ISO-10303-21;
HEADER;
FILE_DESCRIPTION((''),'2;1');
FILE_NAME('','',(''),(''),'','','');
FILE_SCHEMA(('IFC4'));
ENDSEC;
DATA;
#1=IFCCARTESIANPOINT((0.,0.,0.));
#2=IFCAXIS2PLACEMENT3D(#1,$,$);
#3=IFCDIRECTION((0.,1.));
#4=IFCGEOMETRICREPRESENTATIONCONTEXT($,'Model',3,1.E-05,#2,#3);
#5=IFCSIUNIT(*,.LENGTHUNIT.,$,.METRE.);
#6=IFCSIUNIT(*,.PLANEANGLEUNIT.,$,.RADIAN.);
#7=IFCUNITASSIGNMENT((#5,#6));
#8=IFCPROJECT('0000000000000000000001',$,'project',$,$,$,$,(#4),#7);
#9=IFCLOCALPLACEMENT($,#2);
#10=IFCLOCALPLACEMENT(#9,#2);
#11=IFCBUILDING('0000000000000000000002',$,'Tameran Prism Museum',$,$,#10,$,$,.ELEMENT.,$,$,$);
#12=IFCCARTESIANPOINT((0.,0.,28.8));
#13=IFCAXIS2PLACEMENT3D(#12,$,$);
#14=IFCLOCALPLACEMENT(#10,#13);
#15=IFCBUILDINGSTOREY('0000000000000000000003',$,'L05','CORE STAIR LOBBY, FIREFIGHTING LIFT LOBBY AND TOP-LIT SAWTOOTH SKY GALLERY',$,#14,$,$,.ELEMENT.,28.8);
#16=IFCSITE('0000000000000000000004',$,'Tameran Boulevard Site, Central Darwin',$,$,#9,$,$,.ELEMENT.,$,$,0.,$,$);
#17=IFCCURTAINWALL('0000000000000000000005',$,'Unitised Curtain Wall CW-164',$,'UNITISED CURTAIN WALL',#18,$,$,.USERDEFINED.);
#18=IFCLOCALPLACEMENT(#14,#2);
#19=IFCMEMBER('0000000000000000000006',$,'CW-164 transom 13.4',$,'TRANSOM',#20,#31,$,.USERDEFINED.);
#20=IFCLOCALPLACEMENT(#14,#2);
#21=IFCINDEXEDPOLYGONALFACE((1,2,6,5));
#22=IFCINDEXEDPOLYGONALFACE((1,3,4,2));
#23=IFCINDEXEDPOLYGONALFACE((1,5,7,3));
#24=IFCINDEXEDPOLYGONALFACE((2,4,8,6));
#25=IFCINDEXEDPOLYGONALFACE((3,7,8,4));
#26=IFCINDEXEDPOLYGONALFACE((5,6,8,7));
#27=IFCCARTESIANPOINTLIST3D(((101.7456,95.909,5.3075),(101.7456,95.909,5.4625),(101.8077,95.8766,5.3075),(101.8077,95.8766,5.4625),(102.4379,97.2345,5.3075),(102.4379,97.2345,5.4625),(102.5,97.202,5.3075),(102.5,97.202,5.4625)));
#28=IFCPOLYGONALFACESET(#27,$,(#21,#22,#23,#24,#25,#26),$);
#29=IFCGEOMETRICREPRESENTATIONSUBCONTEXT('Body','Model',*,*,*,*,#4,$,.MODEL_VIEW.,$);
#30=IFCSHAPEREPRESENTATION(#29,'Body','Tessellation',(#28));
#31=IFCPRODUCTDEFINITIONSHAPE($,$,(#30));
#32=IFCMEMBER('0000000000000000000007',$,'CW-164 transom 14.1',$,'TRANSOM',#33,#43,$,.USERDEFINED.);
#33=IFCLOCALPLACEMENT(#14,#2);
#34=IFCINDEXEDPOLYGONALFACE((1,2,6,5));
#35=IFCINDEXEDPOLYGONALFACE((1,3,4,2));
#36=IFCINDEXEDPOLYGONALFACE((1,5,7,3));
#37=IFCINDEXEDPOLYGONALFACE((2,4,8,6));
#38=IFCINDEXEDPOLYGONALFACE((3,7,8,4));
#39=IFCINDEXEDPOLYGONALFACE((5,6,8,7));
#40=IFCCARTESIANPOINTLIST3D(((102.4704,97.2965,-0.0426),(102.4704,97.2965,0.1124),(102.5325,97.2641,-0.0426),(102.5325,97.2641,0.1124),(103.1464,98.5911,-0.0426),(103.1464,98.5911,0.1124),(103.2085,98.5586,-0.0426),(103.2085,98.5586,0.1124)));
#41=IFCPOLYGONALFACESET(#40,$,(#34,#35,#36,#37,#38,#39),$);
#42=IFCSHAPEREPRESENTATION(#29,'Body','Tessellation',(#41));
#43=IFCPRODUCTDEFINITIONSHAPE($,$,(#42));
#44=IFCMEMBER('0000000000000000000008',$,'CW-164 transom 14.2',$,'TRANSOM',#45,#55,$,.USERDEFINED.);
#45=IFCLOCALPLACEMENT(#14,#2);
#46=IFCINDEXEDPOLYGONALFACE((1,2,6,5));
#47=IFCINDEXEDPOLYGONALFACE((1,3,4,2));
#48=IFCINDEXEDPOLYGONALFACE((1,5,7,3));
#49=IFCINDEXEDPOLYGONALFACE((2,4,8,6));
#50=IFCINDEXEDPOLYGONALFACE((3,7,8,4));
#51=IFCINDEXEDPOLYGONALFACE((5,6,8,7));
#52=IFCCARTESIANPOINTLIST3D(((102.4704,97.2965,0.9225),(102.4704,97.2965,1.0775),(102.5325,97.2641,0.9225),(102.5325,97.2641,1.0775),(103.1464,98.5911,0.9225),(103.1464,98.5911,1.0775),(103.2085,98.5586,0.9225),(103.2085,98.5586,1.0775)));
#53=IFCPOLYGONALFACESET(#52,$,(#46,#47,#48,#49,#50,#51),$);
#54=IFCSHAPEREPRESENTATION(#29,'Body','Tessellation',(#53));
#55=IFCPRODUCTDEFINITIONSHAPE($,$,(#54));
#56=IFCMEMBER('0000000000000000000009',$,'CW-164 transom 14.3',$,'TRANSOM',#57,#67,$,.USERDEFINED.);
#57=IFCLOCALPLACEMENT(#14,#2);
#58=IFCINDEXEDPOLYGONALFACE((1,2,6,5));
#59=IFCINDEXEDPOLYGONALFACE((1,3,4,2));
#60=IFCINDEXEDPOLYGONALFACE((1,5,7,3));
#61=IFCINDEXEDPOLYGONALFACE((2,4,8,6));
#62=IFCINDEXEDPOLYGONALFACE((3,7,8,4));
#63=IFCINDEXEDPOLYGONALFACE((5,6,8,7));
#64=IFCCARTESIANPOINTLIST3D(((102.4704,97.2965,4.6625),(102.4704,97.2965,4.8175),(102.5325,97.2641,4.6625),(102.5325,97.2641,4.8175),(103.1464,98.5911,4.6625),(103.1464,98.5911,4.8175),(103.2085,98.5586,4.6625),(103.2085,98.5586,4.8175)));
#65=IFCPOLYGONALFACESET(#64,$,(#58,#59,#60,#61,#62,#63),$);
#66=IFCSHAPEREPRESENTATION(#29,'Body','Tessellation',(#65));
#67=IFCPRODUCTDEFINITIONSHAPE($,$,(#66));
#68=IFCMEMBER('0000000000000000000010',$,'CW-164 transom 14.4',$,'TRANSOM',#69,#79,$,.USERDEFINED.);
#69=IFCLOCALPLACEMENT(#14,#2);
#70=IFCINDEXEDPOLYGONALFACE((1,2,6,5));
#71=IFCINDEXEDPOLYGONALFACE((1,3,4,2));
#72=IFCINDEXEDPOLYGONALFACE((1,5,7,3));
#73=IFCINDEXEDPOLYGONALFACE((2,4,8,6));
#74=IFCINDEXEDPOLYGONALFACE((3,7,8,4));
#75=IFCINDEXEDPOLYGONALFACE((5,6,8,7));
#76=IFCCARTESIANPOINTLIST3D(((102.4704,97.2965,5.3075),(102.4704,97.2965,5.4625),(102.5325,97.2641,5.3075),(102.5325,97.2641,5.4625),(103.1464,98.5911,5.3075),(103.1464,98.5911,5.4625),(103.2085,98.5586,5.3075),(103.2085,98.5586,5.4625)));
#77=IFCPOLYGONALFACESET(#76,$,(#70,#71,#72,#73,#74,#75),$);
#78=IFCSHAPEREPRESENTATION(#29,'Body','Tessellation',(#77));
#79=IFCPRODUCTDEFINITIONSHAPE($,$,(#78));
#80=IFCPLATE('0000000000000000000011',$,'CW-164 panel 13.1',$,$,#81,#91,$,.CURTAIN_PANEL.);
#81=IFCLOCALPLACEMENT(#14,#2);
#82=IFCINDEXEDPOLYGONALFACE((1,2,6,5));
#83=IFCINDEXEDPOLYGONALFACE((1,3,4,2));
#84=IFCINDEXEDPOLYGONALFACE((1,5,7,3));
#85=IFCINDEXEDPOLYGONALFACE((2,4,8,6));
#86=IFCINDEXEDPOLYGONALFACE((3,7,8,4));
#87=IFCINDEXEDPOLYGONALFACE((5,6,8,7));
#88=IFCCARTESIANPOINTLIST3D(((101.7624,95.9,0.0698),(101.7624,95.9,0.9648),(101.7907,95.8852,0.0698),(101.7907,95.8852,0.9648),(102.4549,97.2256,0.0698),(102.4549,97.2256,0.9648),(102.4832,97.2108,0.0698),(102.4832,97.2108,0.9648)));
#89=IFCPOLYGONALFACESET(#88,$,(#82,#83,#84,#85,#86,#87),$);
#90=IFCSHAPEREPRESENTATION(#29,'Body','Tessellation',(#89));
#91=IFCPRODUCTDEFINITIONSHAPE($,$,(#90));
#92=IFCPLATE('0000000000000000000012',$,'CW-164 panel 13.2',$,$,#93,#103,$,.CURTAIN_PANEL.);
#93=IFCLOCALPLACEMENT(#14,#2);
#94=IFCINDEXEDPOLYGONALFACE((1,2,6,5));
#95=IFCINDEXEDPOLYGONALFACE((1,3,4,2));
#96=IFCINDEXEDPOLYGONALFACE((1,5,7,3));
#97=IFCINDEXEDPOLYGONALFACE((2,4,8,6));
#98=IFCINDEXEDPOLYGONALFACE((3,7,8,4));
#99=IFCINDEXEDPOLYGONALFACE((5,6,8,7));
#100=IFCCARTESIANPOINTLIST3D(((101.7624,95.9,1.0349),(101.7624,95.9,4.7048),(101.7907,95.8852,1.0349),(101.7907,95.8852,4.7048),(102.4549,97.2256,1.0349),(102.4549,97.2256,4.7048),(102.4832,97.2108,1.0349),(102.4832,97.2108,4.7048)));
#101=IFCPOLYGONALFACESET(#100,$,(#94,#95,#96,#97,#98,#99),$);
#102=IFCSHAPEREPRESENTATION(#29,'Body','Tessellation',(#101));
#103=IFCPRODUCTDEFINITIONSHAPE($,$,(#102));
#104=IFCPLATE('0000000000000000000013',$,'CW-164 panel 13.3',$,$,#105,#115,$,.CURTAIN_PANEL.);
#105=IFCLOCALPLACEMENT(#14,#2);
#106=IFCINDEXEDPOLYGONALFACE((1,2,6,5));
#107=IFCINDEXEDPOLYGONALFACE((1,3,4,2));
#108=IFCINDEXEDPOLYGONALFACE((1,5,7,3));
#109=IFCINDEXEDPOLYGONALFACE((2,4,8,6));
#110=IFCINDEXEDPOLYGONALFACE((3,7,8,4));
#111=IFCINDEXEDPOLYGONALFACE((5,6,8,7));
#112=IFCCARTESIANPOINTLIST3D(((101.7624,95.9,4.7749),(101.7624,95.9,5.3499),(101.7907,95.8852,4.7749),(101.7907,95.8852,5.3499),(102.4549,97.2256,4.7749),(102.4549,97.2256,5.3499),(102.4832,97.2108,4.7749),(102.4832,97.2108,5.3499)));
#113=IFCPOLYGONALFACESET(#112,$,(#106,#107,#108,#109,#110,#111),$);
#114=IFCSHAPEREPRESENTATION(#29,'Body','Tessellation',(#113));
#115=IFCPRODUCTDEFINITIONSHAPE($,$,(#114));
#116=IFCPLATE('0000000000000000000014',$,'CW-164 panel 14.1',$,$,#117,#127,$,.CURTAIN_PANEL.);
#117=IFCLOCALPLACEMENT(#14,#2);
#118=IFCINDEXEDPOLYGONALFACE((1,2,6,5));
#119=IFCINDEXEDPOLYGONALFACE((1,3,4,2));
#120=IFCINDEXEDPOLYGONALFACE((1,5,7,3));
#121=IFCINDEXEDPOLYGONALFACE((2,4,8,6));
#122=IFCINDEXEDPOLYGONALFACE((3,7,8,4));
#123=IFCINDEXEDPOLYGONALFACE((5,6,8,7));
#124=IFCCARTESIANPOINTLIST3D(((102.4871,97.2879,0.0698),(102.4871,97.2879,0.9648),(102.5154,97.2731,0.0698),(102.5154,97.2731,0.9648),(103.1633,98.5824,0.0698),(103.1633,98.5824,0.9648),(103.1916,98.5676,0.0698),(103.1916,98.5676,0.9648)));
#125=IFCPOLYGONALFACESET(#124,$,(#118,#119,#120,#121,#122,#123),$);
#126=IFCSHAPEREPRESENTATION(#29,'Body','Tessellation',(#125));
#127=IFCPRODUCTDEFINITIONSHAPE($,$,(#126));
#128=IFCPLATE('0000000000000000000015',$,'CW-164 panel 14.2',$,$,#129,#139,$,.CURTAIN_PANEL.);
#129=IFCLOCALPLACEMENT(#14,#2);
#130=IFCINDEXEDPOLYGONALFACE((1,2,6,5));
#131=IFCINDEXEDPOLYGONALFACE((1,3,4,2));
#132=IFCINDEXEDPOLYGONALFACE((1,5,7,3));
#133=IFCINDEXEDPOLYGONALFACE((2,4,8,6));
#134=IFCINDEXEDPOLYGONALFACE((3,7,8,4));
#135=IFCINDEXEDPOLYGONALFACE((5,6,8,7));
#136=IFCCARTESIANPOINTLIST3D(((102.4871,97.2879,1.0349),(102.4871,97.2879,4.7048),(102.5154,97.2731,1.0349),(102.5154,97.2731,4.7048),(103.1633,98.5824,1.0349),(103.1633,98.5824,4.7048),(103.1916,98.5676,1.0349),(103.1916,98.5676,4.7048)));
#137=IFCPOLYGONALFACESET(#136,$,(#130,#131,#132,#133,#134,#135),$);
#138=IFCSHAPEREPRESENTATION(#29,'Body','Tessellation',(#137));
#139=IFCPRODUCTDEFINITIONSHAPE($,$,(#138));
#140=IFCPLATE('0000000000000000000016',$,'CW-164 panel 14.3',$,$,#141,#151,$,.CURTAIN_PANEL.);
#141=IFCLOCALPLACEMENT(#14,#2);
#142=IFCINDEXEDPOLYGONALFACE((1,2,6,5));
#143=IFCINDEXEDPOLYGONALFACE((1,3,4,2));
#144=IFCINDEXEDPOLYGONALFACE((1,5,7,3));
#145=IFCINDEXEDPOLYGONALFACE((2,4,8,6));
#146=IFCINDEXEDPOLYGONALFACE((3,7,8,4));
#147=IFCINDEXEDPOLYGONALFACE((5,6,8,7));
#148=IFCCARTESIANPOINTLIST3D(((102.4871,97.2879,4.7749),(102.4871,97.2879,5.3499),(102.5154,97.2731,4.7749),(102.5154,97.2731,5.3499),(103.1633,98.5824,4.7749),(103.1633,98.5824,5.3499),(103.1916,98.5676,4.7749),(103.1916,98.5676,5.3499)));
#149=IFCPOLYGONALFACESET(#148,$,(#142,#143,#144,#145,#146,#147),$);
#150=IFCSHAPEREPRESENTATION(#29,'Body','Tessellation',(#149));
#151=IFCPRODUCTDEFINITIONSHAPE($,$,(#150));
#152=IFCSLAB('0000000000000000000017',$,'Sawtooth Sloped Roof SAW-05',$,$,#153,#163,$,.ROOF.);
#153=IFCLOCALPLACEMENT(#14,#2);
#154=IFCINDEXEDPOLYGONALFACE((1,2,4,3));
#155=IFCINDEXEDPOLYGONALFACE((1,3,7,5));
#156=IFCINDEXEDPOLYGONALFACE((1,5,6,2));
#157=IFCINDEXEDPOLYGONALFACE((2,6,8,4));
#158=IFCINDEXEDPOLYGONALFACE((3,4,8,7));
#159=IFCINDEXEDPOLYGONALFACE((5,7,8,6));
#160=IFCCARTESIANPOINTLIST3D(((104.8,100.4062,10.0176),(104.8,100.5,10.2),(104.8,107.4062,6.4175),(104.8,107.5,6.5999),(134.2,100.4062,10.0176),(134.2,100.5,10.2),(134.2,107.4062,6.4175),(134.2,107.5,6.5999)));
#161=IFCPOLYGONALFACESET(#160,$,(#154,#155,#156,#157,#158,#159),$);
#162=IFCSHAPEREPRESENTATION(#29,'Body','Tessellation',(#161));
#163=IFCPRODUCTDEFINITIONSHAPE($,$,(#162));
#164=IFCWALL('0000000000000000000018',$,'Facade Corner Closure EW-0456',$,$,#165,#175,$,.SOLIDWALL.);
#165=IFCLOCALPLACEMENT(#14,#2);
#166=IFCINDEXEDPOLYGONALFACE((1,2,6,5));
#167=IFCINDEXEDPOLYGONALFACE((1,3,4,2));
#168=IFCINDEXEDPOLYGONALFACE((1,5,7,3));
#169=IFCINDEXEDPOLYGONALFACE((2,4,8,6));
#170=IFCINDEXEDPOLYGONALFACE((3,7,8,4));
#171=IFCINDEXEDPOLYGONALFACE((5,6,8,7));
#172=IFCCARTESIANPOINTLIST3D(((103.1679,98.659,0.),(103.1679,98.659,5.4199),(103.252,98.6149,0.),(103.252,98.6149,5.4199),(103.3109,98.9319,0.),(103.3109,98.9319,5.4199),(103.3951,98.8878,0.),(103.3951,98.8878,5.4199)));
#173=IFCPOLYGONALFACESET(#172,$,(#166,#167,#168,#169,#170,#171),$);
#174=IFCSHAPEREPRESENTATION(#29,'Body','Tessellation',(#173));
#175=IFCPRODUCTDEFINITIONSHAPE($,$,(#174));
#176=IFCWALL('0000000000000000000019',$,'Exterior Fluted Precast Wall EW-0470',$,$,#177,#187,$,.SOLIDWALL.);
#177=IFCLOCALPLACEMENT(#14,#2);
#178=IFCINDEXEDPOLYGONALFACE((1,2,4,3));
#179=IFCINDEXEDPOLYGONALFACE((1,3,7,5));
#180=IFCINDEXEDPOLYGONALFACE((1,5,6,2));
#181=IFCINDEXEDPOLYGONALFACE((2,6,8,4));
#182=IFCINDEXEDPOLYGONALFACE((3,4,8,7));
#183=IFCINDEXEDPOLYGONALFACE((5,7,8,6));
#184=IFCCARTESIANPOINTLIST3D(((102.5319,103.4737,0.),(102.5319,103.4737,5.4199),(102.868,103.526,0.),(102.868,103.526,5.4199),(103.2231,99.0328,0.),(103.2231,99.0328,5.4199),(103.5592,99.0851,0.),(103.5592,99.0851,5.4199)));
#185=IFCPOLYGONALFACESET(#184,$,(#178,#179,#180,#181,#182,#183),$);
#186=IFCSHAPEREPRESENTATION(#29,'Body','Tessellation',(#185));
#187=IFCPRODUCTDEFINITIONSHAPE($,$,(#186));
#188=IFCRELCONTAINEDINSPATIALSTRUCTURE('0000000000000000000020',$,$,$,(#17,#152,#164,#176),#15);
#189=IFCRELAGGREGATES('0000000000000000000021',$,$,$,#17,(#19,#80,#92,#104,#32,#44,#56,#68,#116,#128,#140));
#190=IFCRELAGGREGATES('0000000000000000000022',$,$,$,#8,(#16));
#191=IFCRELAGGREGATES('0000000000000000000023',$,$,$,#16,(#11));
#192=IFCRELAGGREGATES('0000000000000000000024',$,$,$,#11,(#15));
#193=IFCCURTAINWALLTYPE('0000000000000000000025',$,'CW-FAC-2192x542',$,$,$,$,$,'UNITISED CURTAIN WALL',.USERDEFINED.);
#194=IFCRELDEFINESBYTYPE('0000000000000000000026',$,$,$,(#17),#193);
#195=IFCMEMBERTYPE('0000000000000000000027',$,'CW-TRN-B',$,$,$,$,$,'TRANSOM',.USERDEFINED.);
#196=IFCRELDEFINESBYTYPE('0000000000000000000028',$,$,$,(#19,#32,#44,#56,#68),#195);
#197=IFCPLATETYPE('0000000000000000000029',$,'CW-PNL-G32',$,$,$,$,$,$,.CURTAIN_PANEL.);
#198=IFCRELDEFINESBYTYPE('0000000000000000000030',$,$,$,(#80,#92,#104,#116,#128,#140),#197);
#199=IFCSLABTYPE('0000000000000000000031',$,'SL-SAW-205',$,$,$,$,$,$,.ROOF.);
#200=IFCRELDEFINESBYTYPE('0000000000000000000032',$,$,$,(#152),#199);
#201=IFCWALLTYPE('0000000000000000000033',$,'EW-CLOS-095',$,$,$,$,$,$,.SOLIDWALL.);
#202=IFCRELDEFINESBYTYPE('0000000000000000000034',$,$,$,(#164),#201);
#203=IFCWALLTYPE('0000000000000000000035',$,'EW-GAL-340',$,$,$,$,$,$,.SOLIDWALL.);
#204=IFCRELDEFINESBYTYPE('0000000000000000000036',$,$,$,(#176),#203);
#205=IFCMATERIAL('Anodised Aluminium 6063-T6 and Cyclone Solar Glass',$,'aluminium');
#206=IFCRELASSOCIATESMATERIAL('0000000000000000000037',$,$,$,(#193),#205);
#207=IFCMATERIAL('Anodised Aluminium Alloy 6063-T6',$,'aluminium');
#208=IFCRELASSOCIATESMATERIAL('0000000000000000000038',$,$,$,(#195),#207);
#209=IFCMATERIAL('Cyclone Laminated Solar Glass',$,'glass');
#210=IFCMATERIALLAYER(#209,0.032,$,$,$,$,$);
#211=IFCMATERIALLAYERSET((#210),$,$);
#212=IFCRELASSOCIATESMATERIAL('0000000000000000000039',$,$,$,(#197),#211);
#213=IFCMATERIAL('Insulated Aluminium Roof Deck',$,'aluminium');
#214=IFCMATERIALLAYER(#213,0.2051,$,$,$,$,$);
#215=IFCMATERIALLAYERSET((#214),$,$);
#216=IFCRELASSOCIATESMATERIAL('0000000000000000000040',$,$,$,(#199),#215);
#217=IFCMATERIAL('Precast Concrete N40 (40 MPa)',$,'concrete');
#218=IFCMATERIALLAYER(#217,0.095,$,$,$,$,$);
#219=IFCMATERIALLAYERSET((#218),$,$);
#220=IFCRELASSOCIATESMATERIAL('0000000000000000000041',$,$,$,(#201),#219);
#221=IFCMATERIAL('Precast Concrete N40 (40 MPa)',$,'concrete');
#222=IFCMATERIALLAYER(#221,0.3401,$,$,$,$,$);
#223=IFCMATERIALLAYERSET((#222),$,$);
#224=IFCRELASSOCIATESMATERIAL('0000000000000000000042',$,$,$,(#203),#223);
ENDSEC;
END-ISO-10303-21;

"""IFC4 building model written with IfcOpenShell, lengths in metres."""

from ifc_helpers import new_model, si_unit, direction, frame, frame_2d, origin, origin_2d, place, context, subcontext, project, spatial, polyline, rectangle, outline, extrude, material, layer, layer_set, material_profile, profile_set, type_object, element, aggregate, save


model = new_model("IFC4")

# Units and contexts
model_context = context("Model", 3, precision=1e-05, world=origin(), true_north=direction((0.0, 1.0)))
body_context = subcontext(model_context, "Body", "Model", "MODEL_VIEW")
ifc_project = project(units=[si_unit("LENGTHUNIT", "METRE"), si_unit("PLANEANGLEUNIT", "RADIAN")], contexts=[model_context])

# Site, building, storey
site_placement = place(None, origin())
site = spatial("IfcSite", under=ifc_project, at=site_placement, Name="Tameran Boulevard Site, Central Darwin", CompositionType="ELEMENT", RefElevation=0.0)
building_placement = place(site_placement, origin())
building = spatial("IfcBuilding", under=site, at=building_placement, Name="Tameran Prism Museum", CompositionType="ELEMENT")
storey_placement = place(building_placement, frame((0.0, 0.0, 28.8)))
storey = spatial("IfcBuildingStorey", under=building, at=storey_placement, Name="L05", Description="CORE STAIR LOBBY, FIREFIGHTING LIFT LOBBY AND TOP-LIT SAWTOOTH SKY GALLERY", CompositionType="ELEMENT", Elevation=28.8)

# Curtain wall, members, plates
ifc_material_1 = material(Name="Anodised Aluminium 6063-T6 and Cyclone Solar Glass", Category="aluminium")
curtain_wall_type = type_object("IfcCurtainWallType", Name="CW-FAC-2192x542", ElementType="UNITISED CURTAIN WALL", PredefinedType="USERDEFINED", material=ifc_material_1)
curtain_wall_placement = place(storey_placement, origin())
curtain_wall = element("IfcCurtainWall", 1, at=curtain_wall_placement, inside=storey, type_object=curtain_wall_type, Name="Unitised Curtain Wall CW-164", ObjectType="UNITISED CURTAIN WALL", PredefinedType="USERDEFINED")
ifc_material_2 = material(Name="Anodised Aluminium Alloy 6063-T6", Category="aluminium")
ifc_material_profile_1 = material_profile(ifc_material_2, rectangle(XDim=0.0701, YDim=0.155, at=origin_2d()))
ifc_profile_set_1 = profile_set([ifc_material_profile_1])
member_type_1 = type_object("IfcMemberType", Name="CW-TRN-B", ElementType="TRANSOM", PredefinedType="USERDEFINED", material=ifc_profile_set_1)
member_1_placement = place(storey_placement, frame((101.7766, 95.8928, 5.385), z_axis=(0.463012, 0.886352, 0.0), x_axis=(-0.886352, 0.463012, 0.0)))
member_1 = element("IfcMember", 2, at=member_1_placement, type_object=member_type_1, Name="CW-164 transom 13.4", ObjectType="TRANSOM", PredefinedType="USERDEFINED", context=body_context, shape_type="SweptSolid", body=[
    extrude(rectangle(XDim=0.0701, YDim=0.155, at=origin_2d()), origin(), (0.0, 0.0, 1.0), 1.4954),
])
member_2_placement = place(storey_placement, frame((102.5015, 97.2803, 0.0349), z_axis=(0.462857, 0.886433, 0.0), x_axis=(-0.886433, 0.462857, 0.0)))
member_2 = element("IfcMember", 3, at=member_2_placement, type_object=member_type_1, Name="CW-164 transom 14.1", ObjectType="TRANSOM", PredefinedType="USERDEFINED", context=body_context, shape_type="SweptSolid", body=[
    extrude(rectangle(XDim=0.0701, YDim=0.155, at=origin_2d()), origin(), (0.0, 0.0, 1.0), 1.4604),
])
member_3_placement = place(storey_placement, frame((102.5015, 97.2803, 1.0), z_axis=(0.462857, 0.886433, 0.0), x_axis=(-0.886433, 0.462857, 0.0)))
member_3 = element("IfcMember", 4, at=member_3_placement, type_object=member_type_1, Name="CW-164 transom 14.2", ObjectType="TRANSOM", PredefinedType="USERDEFINED", context=body_context, shape_type="SweptSolid", body=[
    extrude(rectangle(XDim=0.0701, YDim=0.155, at=origin_2d()), origin(), (0.0, 0.0, 1.0), 1.4604),
])
member_4_placement = place(storey_placement, frame((102.5015, 97.2803, 4.74), z_axis=(0.462857, 0.886433, 0.0), x_axis=(-0.886433, 0.462857, 0.0)))
member_4 = element("IfcMember", 5, at=member_4_placement, type_object=member_type_1, Name="CW-164 transom 14.3", ObjectType="TRANSOM", PredefinedType="USERDEFINED", context=body_context, shape_type="SweptSolid", body=[
    extrude(rectangle(XDim=0.0701, YDim=0.155, at=origin_2d()), origin(), (0.0, 0.0, 1.0), 1.4604),
])
member_5_placement = place(storey_placement, frame((102.5015, 97.2803, 5.385), z_axis=(0.462857, 0.886433, 0.0), x_axis=(-0.886433, 0.462857, 0.0)))
member_5 = element("IfcMember", 6, at=member_5_placement, type_object=member_type_1, Name="CW-164 transom 14.4", ObjectType="TRANSOM", PredefinedType="USERDEFINED", context=body_context, shape_type="SweptSolid", body=[
    extrude(rectangle(XDim=0.0701, YDim=0.155, at=origin_2d()), origin(), (0.0, 0.0, 1.0), 1.4604),
])
ifc_material_3 = material(Name="Cyclone Laminated Solar Glass", Category="glass")
ifc_layer_1 = layer(ifc_material_3, 0.032)
ifc_layer_set_1 = layer_set([ifc_layer_1])
plate_type = type_object("IfcPlateType", Name="CW-PNL-G32", PredefinedType="CURTAIN_PANEL", material=ifc_layer_set_1)
plate_1_placement = place(storey_placement, frame((102.1228, 96.5554, 0.0698), z_axis=(0.0, 0.0, 1.0), x_axis=(0.463003, 0.886357, 0.0)))
plate_1 = element("IfcPlate", 7, at=plate_1_placement, type_object=plate_type, Name="CW-164 panel 13.1", PredefinedType="CURTAIN_PANEL", context=body_context, shape_type="SweptSolid", body=[
    extrude(rectangle(XDim=1.4956, YDim=0.032, at=origin_2d()), origin(), (0.0, 0.0, 1.0), 0.895),
])
plate_2_placement = place(storey_placement, frame((102.1228, 96.5554, 1.0349), z_axis=(0.0, 0.0, 1.0), x_axis=(0.463003, 0.886357, 0.0)))
plate_2 = element("IfcPlate", 8, at=plate_2_placement, type_object=plate_type, Name="CW-164 panel 13.2", PredefinedType="CURTAIN_PANEL", context=body_context, shape_type="SweptSolid", body=[
    extrude(rectangle(XDim=1.4956, YDim=0.032, at=origin_2d()), origin(), (0.0, 0.0, 1.0), 3.6699),
])
plate_3_placement = place(storey_placement, frame((102.1228, 96.5554, 4.7749), z_axis=(0.0, 0.0, 1.0), x_axis=(0.463003, 0.886357, 0.0)))
plate_3 = element("IfcPlate", 9, at=plate_3_placement, type_object=plate_type, Name="CW-164 panel 13.3", PredefinedType="CURTAIN_PANEL", context=body_context, shape_type="SweptSolid", body=[
    extrude(rectangle(XDim=1.4956, YDim=0.032, at=origin_2d()), origin(), (0.0, 0.0, 1.0), 0.575),
])
plate_4_placement = place(storey_placement, frame((102.8394, 97.9277, 0.0698), z_axis=(0.0, 0.0, 1.0), x_axis=(0.463003, 0.886357, 0.0)))
plate_4 = element("IfcPlate", 10, at=plate_4_placement, type_object=plate_type, Name="CW-164 panel 14.1", PredefinedType="CURTAIN_PANEL", context=body_context, shape_type="SweptSolid", body=[
    extrude(rectangle(XDim=1.4604, YDim=0.032, at=origin_2d()), origin(), (0.0, 0.0, 1.0), 0.895),
])
plate_5_placement = place(storey_placement, frame((102.8394, 97.9277, 1.0349), z_axis=(0.0, 0.0, 1.0), x_axis=(0.463003, 0.886357, 0.0)))
plate_5 = element("IfcPlate", 11, at=plate_5_placement, type_object=plate_type, Name="CW-164 panel 14.2", PredefinedType="CURTAIN_PANEL", context=body_context, shape_type="SweptSolid", body=[
    extrude(rectangle(XDim=1.4604, YDim=0.032, at=origin_2d()), origin(), (0.0, 0.0, 1.0), 3.6699),
])
plate_6_placement = place(storey_placement, frame((102.8394, 97.9277, 4.7749), z_axis=(0.0, 0.0, 1.0), x_axis=(0.463003, 0.886357, 0.0)))
plate_6 = element("IfcPlate", 12, at=plate_6_placement, type_object=plate_type, Name="CW-164 panel 14.3", PredefinedType="CURTAIN_PANEL", context=body_context, shape_type="SweptSolid", body=[
    extrude(rectangle(XDim=1.4604, YDim=0.032, at=origin_2d()), origin(), (0.0, 0.0, 1.0), 0.575),
])
aggregate(curtain_wall, [member_1, plate_1, plate_2, plate_3, member_2, member_3, member_4, member_5, plate_4, plate_5, plate_6])

# Slab
ifc_material_4 = material(Name="Insulated Aluminium Roof Deck", Category="aluminium")
ifc_layer_2 = layer(ifc_material_4, 0.2051)
ifc_layer_set_2 = layer_set([ifc_layer_2])
slab_type = type_object("IfcSlabType", Name="SL-SAW-205", PredefinedType="ROOF", material=ifc_layer_set_2)
slab_placement = place(storey_placement, frame((104.8, 100.5, 10.2), z_axis=(0.0, 0.457358, 0.889283), x_axis=(1.0, 0.0, 0.0)))
element("IfcSlab", 13, at=slab_placement, inside=storey, type_object=slab_type, Name="Sawtooth Sloped Roof SAW-05", PredefinedType="ROOF", context=body_context, shape_type="SweptSolid", body=[
    extrude(outline(polyline([(0.0, 0.0), (29.3999, 0.0), (29.3999, 7.8715), (0.0, 7.8715), (0.0, 0.0)])), origin(), (0.0, 0.0, -1.0), 0.2051),
])

# Walls
ifc_material_5 = material(Name="Precast Concrete N40 (40 MPa)", Category="concrete")
ifc_layer_3 = layer(ifc_material_5, 0.095)
ifc_layer_set_3 = layer_set([ifc_layer_3])
wall_type_1 = type_object("IfcWallType", Name="EW-CLOS-095", PredefinedType="SOLIDWALL", material=ifc_layer_set_3)
wall_1_placement = place(storey_placement, frame((103.21, 98.637, 0.0), z_axis=(0.0, 0.0, 1.0), x_axis=(0.464244, 0.885707, 0.0)))
element("IfcWall", 14, at=wall_1_placement, inside=storey, type_object=wall_type_1, Name="Facade Corner Closure EW-0456", PredefinedType="SOLIDWALL", context=body_context, shape_type="SweptSolid", body=[
    extrude(rectangle(XDim=0.3081, YDim=0.095, at=frame_2d((0.1541, 0.0))), origin(), (0.0, 0.0, 1.0), 5.4199),
])
ifc_material_6 = material(Name="Precast Concrete N40 (40 MPa)", Category="concrete")
ifc_layer_4 = layer(ifc_material_6, 0.3401)
ifc_layer_set_4 = layer_set([ifc_layer_4])
wall_type_2 = type_object("IfcWallType", Name="EW-GAL-340", PredefinedType="SOLIDWALL", material=ifc_layer_set_4)
wall_2_placement = place(storey_placement, frame((103.3911, 99.0591, 0.0), z_axis=(0.0, 0.0, 1.0), x_axis=(-0.153784, 0.988105, 0.0)))
element("IfcWall", 15, at=wall_2_placement, inside=storey, type_object=wall_type_2, Name="Exterior Fluted Precast Wall EW-0470", PredefinedType="SOLIDWALL", context=body_context, shape_type="SweptSolid", body=[
    extrude(rectangle(XDim=4.4944, YDim=0.3401, at=frame_2d((2.2471, 0.0))), origin(), (0.0, 0.0, 1.0), 5.4199),
])

save(model, "model.ifc")
